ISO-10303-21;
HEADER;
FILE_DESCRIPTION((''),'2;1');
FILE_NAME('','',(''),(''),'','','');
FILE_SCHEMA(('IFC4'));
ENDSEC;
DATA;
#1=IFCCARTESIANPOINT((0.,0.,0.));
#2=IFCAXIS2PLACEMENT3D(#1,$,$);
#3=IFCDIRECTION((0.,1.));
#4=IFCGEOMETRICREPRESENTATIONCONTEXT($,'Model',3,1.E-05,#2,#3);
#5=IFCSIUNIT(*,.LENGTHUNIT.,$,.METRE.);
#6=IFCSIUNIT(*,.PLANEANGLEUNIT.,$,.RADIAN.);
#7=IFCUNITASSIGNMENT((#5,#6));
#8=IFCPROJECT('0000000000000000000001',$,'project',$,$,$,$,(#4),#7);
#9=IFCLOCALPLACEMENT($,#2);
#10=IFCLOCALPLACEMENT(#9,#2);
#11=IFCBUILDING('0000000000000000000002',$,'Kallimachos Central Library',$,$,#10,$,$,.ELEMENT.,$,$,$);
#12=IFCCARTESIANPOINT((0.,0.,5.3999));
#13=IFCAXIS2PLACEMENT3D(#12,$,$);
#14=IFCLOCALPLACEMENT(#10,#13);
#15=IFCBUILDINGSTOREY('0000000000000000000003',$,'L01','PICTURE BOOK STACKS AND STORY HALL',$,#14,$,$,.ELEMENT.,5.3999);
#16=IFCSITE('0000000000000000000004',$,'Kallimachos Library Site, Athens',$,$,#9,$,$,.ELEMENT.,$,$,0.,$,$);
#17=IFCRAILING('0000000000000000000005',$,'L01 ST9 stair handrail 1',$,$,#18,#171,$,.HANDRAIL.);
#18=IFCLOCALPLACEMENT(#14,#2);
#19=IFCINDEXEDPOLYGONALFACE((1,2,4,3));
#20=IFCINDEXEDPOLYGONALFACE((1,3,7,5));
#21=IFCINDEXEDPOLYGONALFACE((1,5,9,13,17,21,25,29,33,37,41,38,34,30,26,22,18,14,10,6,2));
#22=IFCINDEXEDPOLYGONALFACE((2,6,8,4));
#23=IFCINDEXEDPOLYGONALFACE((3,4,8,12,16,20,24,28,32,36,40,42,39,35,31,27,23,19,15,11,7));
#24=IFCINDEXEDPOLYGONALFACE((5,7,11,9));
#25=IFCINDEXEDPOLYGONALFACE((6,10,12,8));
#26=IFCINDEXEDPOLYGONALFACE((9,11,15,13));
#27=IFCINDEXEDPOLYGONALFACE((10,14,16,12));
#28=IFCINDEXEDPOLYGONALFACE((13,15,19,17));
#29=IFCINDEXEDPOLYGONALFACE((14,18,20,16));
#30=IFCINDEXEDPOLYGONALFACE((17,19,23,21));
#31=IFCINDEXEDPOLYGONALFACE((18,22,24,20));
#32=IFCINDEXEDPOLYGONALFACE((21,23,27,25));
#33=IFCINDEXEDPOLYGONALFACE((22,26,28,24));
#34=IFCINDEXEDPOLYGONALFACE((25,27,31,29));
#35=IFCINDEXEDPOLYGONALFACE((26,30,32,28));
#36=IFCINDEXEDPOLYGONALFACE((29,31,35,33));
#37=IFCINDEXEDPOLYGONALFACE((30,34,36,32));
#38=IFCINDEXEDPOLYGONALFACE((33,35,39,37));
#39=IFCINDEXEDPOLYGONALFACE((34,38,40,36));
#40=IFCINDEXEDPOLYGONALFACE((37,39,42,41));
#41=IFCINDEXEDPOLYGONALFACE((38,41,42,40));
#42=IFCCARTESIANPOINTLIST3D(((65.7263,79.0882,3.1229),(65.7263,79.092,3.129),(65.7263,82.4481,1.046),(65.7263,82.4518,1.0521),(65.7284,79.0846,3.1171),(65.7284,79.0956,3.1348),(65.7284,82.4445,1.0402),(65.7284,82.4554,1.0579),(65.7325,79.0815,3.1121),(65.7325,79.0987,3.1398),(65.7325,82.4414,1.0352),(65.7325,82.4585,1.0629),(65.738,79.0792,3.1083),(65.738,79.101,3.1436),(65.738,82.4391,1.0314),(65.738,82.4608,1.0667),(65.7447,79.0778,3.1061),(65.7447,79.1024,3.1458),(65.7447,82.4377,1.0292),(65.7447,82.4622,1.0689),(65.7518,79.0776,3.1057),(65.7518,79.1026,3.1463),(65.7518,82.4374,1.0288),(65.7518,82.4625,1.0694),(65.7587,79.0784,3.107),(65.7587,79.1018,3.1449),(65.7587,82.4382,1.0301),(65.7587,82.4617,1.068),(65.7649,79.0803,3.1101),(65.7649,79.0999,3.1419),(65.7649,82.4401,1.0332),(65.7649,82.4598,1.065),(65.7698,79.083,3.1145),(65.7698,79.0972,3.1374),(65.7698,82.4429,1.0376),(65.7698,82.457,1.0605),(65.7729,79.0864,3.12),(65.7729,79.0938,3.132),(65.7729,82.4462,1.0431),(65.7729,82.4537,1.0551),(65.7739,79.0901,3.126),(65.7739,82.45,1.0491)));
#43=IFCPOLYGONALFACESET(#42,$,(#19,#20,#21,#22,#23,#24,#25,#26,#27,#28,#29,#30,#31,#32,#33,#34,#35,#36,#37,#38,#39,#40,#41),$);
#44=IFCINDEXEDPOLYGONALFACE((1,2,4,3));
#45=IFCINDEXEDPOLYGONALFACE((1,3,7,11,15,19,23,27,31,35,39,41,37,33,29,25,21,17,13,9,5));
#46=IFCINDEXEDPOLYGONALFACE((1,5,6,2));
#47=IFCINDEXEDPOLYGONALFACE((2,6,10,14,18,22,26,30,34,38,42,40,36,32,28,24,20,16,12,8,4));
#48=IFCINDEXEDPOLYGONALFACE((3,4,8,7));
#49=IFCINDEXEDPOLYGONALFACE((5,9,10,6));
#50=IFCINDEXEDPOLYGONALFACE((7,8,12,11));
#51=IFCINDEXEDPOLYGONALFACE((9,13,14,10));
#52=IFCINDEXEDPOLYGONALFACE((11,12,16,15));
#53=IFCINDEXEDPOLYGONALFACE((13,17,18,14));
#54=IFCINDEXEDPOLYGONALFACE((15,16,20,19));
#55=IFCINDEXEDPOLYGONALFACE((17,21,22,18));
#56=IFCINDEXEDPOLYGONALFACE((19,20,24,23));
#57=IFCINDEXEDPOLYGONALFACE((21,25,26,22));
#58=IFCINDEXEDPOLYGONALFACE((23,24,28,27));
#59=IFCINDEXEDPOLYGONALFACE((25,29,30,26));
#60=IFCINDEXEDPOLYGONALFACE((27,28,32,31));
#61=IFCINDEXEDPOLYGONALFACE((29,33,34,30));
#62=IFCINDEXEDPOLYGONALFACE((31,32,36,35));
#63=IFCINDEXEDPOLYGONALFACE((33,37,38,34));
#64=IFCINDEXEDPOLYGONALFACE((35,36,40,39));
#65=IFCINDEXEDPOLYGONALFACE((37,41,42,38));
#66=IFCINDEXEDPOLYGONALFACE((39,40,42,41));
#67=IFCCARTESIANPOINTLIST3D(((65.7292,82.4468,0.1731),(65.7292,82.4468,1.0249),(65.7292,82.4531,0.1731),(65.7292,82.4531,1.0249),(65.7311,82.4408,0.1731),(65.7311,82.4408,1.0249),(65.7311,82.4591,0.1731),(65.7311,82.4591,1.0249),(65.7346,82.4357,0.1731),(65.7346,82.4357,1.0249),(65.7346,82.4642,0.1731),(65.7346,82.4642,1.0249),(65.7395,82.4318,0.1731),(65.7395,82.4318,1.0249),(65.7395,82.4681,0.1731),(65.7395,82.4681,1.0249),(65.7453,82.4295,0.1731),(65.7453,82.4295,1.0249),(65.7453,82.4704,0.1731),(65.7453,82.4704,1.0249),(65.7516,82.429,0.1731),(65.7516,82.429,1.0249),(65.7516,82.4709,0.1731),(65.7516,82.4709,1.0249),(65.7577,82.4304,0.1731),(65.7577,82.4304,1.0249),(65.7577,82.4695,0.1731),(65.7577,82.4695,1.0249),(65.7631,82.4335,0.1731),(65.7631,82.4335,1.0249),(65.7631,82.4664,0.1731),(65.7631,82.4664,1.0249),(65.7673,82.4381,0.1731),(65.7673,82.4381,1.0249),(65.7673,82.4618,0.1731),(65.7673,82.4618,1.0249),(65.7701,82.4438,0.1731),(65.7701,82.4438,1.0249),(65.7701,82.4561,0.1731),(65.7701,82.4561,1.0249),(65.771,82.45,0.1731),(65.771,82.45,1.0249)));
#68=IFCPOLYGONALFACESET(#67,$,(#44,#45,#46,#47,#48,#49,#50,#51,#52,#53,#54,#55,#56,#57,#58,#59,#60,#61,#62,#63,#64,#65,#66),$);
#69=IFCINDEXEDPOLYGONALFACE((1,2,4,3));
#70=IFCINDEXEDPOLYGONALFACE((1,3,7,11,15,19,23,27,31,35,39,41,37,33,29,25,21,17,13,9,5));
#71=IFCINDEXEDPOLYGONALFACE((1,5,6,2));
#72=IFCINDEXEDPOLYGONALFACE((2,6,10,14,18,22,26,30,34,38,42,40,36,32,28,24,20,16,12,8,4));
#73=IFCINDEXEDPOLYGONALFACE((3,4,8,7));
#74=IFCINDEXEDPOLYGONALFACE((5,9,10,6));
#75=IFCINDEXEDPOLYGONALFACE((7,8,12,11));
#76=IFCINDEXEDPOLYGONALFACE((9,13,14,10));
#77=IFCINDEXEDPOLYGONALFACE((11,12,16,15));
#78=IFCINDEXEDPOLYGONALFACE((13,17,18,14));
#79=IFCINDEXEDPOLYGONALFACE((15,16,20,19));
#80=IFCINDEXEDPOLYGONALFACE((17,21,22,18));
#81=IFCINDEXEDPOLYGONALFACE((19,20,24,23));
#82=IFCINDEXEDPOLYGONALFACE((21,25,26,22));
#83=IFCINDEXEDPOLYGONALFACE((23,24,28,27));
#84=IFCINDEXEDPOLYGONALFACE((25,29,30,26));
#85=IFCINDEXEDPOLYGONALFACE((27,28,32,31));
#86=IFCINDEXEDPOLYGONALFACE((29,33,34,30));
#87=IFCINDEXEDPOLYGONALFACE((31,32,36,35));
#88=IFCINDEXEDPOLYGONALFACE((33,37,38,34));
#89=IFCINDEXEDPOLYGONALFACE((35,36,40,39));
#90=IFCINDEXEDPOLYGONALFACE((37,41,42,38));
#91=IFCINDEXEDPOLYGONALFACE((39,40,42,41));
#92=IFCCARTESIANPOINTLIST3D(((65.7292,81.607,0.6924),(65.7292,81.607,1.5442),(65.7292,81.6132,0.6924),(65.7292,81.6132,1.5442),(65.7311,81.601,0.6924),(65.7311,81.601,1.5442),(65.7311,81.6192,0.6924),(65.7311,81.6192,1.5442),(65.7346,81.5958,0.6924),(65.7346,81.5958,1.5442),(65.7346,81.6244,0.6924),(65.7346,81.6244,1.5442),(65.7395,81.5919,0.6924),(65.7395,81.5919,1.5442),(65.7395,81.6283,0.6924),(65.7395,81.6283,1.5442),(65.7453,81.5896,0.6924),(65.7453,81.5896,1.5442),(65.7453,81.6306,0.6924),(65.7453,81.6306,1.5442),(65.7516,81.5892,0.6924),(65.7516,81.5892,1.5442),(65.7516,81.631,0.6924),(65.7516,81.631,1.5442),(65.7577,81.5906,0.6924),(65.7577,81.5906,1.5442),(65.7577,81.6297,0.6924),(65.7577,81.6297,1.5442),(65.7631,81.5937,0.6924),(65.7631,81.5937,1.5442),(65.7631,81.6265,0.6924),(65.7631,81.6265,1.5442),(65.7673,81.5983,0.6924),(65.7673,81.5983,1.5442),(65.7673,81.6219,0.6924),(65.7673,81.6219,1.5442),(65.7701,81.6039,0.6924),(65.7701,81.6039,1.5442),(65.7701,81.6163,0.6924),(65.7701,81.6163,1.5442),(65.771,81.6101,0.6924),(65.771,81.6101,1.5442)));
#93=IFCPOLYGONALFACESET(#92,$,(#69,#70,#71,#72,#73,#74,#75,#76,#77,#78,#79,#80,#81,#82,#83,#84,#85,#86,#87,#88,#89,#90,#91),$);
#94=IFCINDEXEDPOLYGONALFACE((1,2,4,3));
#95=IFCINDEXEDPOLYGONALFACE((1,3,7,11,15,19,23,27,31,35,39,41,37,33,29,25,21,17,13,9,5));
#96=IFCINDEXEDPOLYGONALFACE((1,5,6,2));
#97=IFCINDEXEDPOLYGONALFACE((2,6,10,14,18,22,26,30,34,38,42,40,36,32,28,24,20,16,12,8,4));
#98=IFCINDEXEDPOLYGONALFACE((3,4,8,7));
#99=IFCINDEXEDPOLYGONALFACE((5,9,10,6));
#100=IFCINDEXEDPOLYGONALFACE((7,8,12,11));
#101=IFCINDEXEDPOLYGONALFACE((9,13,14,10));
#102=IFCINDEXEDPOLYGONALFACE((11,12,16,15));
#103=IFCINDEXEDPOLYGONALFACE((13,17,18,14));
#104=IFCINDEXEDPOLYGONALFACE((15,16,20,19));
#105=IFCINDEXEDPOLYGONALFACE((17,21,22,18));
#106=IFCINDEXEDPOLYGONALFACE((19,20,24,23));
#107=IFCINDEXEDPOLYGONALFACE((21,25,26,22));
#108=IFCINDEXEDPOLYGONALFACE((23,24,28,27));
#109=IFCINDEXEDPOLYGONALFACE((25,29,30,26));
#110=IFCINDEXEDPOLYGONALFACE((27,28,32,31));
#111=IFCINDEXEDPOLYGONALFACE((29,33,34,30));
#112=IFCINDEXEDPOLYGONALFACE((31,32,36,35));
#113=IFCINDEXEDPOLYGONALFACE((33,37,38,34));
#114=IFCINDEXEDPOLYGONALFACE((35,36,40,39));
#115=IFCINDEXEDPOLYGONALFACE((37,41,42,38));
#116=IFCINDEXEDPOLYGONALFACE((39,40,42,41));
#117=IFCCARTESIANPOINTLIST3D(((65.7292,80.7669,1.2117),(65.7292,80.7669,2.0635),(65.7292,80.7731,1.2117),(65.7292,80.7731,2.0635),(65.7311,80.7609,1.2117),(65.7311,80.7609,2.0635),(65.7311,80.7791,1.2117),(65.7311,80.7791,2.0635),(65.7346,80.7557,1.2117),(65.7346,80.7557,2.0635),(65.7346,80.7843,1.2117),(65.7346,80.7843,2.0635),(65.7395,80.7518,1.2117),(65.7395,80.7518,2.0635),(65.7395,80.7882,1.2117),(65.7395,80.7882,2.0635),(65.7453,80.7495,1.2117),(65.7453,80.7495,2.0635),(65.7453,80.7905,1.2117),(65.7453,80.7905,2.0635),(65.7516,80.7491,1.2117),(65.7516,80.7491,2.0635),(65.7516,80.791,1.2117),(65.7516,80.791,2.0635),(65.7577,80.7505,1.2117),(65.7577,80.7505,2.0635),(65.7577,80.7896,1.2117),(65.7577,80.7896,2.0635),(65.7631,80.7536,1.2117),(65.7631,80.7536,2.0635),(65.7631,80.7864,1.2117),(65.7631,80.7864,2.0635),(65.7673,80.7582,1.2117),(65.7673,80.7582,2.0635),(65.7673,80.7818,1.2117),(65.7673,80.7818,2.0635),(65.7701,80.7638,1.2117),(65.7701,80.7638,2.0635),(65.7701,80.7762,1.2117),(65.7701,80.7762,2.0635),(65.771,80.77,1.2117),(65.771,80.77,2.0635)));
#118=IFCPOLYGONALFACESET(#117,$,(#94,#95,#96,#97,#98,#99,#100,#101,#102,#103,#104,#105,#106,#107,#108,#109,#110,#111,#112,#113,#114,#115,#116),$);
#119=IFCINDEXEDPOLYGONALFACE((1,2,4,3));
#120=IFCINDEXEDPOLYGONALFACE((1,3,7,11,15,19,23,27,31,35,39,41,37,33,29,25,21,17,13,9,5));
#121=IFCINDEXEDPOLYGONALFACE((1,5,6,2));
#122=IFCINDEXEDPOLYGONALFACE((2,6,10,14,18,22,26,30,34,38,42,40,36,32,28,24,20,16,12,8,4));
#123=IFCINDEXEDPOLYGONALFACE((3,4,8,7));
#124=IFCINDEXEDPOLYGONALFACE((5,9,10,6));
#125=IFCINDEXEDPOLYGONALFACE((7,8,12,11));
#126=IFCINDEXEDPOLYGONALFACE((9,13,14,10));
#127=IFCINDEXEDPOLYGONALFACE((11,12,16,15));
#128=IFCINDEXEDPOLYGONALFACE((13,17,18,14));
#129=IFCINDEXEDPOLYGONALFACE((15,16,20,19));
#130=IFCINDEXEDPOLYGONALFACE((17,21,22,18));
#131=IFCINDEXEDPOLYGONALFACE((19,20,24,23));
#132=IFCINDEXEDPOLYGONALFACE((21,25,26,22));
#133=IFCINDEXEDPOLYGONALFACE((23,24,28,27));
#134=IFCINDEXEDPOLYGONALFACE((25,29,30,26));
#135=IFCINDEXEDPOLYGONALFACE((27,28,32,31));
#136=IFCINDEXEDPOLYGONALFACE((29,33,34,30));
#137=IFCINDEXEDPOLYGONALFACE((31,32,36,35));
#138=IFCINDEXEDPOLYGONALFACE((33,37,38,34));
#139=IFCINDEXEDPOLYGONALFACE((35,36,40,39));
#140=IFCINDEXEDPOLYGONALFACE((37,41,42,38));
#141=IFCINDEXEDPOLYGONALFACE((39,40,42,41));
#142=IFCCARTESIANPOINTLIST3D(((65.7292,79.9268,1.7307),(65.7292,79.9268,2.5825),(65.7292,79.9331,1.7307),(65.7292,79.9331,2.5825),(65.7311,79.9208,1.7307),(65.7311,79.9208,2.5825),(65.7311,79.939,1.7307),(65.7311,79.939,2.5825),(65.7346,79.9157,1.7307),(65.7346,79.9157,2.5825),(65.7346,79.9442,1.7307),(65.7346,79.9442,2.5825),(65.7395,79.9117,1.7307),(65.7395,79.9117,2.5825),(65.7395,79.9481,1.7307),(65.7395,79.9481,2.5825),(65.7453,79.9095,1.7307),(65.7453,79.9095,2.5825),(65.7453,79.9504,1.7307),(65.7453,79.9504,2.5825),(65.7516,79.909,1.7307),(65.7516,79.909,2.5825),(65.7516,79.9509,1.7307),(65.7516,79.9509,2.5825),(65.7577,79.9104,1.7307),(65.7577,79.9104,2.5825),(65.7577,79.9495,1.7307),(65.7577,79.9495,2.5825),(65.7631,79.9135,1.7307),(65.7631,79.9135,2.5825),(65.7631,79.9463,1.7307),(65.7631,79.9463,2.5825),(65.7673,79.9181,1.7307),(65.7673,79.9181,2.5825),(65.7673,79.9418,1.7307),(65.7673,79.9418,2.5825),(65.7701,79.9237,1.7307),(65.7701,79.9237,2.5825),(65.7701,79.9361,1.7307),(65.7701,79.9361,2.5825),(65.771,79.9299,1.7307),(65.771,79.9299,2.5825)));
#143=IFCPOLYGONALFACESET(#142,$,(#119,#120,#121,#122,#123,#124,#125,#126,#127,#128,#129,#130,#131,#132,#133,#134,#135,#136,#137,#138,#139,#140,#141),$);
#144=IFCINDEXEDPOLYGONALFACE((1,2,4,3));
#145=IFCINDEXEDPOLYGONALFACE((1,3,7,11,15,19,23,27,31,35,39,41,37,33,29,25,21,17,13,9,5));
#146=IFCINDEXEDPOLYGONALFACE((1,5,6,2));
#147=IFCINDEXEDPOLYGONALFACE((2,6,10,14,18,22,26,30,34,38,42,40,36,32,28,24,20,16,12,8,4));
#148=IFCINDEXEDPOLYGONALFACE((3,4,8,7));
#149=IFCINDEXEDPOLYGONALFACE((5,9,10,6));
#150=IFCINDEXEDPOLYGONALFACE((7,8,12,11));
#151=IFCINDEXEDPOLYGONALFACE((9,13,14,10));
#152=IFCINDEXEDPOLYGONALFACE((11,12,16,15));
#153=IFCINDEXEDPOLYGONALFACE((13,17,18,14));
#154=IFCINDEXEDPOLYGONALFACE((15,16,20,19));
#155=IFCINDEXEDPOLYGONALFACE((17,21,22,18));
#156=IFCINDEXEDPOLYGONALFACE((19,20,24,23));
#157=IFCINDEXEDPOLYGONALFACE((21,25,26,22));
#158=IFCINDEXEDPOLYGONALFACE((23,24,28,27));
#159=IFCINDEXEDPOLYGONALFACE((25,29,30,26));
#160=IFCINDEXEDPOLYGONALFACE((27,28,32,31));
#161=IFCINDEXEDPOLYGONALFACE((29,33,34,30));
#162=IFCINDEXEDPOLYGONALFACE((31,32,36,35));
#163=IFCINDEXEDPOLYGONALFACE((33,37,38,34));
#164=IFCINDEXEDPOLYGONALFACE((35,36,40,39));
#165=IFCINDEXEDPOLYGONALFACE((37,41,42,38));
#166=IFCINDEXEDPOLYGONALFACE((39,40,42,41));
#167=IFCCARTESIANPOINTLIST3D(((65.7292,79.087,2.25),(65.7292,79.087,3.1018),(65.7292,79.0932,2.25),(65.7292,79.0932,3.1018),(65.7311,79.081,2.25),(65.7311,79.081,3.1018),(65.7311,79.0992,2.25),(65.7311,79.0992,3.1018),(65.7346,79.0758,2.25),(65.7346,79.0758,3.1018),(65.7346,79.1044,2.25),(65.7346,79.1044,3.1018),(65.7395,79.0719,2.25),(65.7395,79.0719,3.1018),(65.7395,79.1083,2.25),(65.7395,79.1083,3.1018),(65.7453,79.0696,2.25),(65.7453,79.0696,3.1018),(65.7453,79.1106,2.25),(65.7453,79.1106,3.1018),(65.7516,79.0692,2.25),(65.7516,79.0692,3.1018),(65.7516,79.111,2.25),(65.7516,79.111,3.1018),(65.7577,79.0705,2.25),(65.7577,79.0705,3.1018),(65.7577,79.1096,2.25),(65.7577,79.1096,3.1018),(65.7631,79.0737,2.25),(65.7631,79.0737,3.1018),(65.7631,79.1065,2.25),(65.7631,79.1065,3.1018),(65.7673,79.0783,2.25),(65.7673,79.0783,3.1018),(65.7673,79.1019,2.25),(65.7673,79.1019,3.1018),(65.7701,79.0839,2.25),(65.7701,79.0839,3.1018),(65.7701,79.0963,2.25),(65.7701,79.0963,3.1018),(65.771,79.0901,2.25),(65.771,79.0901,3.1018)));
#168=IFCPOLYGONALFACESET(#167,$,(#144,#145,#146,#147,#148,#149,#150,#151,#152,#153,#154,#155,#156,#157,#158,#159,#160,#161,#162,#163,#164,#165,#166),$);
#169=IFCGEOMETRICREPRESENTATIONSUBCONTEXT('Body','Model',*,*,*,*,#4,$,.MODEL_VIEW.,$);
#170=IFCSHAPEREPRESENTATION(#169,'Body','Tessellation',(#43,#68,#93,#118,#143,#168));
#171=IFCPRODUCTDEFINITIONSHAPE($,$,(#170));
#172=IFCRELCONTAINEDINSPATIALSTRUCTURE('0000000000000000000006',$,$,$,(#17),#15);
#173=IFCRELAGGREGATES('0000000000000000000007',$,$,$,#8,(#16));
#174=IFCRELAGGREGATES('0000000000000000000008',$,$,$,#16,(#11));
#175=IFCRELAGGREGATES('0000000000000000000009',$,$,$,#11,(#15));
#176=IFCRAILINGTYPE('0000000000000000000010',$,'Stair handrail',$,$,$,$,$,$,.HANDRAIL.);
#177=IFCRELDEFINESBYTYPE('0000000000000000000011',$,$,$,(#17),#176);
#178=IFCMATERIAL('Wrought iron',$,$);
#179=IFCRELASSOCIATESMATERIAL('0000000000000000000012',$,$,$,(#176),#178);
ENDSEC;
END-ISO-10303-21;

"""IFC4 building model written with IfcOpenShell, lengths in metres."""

from ifc_helpers import new_model, si_unit, direction, frame, origin, origin_2d, place, context, subcontext, project, spatial, circle, extrude, material, type_object, element, save


model = new_model("IFC4")

# Units and contexts
model_context = context("Model", 3, precision=1e-05, world=origin(), true_north=direction((0.0, 1.0)))
body_context = subcontext(model_context, "Body", "Model", "MODEL_VIEW")
ifc_project = project(units=[si_unit("LENGTHUNIT", "METRE"), si_unit("PLANEANGLEUNIT", "RADIAN")], contexts=[model_context])

# Site, building, storey
site_placement = place(None, origin())
site = spatial("IfcSite", under=ifc_project, at=site_placement, Name="Kallimachos Library Site, Athens", CompositionType="ELEMENT", RefElevation=0.0)
building_placement = place(site_placement, origin())
building = spatial("IfcBuilding", under=site, at=building_placement, Name="Kallimachos Central Library", CompositionType="ELEMENT")
storey_placement = place(building_placement, frame((0.0, 0.0, 5.3999)))
storey = spatial("IfcBuildingStorey", under=building, at=storey_placement, Name="L01", Description="PICTURE BOOK STACKS AND STORY HALL", CompositionType="ELEMENT", Elevation=5.3999)

# Railing
ifc_material_1 = material(Name="Wrought iron")
railing_type_1 = type_object("IfcRailingType", Name="Stair handrail", PredefinedType="HANDRAIL", material=ifc_material_1)
railing_1_placement = place(storey_placement, frame((65.75, 82.45, 0.1731)))
element("IfcRailing", 1, at=railing_1_placement, inside=storey, type_object=railing_type_1, Name="L01 ST9 stair handrail 1", PredefinedType="HANDRAIL", context=body_context, shape_type="SweptSolid", body=[
    extrude(circle(Radius=0.0239, at=origin_2d()), frame((0.0, 0.0, 0.876), z_axis=(0.0, -0.850606, 0.525803), x_axis=(1.0, 0.0, 0.0)), (0.0, 0.0, 1.0), 3.95),
    extrude(circle(Radius=0.021, at=origin_2d()), origin(), (0.0, 0.0, 1.0), 0.8518),
    extrude(circle(Radius=0.021, at=origin_2d()), frame((0.0, -0.8398, 0.5193)), (0.0, 0.0, 1.0), 0.8518),
    extrude(circle(Radius=0.021, at=origin_2d()), frame((0.0, -1.6799, 1.0386)), (0.0, 0.0, 1.0), 0.8518),
    extrude(circle(Radius=0.021, at=origin_2d()), frame((0.0, -2.52, 1.5576)), (0.0, 0.0, 1.0), 0.8518),
    extrude(circle(Radius=0.021, at=origin_2d()), frame((0.0, -3.3599, 2.0769)), (0.0, 0.0, 1.0), 0.8518),
])

save(model, "model.ifc")
